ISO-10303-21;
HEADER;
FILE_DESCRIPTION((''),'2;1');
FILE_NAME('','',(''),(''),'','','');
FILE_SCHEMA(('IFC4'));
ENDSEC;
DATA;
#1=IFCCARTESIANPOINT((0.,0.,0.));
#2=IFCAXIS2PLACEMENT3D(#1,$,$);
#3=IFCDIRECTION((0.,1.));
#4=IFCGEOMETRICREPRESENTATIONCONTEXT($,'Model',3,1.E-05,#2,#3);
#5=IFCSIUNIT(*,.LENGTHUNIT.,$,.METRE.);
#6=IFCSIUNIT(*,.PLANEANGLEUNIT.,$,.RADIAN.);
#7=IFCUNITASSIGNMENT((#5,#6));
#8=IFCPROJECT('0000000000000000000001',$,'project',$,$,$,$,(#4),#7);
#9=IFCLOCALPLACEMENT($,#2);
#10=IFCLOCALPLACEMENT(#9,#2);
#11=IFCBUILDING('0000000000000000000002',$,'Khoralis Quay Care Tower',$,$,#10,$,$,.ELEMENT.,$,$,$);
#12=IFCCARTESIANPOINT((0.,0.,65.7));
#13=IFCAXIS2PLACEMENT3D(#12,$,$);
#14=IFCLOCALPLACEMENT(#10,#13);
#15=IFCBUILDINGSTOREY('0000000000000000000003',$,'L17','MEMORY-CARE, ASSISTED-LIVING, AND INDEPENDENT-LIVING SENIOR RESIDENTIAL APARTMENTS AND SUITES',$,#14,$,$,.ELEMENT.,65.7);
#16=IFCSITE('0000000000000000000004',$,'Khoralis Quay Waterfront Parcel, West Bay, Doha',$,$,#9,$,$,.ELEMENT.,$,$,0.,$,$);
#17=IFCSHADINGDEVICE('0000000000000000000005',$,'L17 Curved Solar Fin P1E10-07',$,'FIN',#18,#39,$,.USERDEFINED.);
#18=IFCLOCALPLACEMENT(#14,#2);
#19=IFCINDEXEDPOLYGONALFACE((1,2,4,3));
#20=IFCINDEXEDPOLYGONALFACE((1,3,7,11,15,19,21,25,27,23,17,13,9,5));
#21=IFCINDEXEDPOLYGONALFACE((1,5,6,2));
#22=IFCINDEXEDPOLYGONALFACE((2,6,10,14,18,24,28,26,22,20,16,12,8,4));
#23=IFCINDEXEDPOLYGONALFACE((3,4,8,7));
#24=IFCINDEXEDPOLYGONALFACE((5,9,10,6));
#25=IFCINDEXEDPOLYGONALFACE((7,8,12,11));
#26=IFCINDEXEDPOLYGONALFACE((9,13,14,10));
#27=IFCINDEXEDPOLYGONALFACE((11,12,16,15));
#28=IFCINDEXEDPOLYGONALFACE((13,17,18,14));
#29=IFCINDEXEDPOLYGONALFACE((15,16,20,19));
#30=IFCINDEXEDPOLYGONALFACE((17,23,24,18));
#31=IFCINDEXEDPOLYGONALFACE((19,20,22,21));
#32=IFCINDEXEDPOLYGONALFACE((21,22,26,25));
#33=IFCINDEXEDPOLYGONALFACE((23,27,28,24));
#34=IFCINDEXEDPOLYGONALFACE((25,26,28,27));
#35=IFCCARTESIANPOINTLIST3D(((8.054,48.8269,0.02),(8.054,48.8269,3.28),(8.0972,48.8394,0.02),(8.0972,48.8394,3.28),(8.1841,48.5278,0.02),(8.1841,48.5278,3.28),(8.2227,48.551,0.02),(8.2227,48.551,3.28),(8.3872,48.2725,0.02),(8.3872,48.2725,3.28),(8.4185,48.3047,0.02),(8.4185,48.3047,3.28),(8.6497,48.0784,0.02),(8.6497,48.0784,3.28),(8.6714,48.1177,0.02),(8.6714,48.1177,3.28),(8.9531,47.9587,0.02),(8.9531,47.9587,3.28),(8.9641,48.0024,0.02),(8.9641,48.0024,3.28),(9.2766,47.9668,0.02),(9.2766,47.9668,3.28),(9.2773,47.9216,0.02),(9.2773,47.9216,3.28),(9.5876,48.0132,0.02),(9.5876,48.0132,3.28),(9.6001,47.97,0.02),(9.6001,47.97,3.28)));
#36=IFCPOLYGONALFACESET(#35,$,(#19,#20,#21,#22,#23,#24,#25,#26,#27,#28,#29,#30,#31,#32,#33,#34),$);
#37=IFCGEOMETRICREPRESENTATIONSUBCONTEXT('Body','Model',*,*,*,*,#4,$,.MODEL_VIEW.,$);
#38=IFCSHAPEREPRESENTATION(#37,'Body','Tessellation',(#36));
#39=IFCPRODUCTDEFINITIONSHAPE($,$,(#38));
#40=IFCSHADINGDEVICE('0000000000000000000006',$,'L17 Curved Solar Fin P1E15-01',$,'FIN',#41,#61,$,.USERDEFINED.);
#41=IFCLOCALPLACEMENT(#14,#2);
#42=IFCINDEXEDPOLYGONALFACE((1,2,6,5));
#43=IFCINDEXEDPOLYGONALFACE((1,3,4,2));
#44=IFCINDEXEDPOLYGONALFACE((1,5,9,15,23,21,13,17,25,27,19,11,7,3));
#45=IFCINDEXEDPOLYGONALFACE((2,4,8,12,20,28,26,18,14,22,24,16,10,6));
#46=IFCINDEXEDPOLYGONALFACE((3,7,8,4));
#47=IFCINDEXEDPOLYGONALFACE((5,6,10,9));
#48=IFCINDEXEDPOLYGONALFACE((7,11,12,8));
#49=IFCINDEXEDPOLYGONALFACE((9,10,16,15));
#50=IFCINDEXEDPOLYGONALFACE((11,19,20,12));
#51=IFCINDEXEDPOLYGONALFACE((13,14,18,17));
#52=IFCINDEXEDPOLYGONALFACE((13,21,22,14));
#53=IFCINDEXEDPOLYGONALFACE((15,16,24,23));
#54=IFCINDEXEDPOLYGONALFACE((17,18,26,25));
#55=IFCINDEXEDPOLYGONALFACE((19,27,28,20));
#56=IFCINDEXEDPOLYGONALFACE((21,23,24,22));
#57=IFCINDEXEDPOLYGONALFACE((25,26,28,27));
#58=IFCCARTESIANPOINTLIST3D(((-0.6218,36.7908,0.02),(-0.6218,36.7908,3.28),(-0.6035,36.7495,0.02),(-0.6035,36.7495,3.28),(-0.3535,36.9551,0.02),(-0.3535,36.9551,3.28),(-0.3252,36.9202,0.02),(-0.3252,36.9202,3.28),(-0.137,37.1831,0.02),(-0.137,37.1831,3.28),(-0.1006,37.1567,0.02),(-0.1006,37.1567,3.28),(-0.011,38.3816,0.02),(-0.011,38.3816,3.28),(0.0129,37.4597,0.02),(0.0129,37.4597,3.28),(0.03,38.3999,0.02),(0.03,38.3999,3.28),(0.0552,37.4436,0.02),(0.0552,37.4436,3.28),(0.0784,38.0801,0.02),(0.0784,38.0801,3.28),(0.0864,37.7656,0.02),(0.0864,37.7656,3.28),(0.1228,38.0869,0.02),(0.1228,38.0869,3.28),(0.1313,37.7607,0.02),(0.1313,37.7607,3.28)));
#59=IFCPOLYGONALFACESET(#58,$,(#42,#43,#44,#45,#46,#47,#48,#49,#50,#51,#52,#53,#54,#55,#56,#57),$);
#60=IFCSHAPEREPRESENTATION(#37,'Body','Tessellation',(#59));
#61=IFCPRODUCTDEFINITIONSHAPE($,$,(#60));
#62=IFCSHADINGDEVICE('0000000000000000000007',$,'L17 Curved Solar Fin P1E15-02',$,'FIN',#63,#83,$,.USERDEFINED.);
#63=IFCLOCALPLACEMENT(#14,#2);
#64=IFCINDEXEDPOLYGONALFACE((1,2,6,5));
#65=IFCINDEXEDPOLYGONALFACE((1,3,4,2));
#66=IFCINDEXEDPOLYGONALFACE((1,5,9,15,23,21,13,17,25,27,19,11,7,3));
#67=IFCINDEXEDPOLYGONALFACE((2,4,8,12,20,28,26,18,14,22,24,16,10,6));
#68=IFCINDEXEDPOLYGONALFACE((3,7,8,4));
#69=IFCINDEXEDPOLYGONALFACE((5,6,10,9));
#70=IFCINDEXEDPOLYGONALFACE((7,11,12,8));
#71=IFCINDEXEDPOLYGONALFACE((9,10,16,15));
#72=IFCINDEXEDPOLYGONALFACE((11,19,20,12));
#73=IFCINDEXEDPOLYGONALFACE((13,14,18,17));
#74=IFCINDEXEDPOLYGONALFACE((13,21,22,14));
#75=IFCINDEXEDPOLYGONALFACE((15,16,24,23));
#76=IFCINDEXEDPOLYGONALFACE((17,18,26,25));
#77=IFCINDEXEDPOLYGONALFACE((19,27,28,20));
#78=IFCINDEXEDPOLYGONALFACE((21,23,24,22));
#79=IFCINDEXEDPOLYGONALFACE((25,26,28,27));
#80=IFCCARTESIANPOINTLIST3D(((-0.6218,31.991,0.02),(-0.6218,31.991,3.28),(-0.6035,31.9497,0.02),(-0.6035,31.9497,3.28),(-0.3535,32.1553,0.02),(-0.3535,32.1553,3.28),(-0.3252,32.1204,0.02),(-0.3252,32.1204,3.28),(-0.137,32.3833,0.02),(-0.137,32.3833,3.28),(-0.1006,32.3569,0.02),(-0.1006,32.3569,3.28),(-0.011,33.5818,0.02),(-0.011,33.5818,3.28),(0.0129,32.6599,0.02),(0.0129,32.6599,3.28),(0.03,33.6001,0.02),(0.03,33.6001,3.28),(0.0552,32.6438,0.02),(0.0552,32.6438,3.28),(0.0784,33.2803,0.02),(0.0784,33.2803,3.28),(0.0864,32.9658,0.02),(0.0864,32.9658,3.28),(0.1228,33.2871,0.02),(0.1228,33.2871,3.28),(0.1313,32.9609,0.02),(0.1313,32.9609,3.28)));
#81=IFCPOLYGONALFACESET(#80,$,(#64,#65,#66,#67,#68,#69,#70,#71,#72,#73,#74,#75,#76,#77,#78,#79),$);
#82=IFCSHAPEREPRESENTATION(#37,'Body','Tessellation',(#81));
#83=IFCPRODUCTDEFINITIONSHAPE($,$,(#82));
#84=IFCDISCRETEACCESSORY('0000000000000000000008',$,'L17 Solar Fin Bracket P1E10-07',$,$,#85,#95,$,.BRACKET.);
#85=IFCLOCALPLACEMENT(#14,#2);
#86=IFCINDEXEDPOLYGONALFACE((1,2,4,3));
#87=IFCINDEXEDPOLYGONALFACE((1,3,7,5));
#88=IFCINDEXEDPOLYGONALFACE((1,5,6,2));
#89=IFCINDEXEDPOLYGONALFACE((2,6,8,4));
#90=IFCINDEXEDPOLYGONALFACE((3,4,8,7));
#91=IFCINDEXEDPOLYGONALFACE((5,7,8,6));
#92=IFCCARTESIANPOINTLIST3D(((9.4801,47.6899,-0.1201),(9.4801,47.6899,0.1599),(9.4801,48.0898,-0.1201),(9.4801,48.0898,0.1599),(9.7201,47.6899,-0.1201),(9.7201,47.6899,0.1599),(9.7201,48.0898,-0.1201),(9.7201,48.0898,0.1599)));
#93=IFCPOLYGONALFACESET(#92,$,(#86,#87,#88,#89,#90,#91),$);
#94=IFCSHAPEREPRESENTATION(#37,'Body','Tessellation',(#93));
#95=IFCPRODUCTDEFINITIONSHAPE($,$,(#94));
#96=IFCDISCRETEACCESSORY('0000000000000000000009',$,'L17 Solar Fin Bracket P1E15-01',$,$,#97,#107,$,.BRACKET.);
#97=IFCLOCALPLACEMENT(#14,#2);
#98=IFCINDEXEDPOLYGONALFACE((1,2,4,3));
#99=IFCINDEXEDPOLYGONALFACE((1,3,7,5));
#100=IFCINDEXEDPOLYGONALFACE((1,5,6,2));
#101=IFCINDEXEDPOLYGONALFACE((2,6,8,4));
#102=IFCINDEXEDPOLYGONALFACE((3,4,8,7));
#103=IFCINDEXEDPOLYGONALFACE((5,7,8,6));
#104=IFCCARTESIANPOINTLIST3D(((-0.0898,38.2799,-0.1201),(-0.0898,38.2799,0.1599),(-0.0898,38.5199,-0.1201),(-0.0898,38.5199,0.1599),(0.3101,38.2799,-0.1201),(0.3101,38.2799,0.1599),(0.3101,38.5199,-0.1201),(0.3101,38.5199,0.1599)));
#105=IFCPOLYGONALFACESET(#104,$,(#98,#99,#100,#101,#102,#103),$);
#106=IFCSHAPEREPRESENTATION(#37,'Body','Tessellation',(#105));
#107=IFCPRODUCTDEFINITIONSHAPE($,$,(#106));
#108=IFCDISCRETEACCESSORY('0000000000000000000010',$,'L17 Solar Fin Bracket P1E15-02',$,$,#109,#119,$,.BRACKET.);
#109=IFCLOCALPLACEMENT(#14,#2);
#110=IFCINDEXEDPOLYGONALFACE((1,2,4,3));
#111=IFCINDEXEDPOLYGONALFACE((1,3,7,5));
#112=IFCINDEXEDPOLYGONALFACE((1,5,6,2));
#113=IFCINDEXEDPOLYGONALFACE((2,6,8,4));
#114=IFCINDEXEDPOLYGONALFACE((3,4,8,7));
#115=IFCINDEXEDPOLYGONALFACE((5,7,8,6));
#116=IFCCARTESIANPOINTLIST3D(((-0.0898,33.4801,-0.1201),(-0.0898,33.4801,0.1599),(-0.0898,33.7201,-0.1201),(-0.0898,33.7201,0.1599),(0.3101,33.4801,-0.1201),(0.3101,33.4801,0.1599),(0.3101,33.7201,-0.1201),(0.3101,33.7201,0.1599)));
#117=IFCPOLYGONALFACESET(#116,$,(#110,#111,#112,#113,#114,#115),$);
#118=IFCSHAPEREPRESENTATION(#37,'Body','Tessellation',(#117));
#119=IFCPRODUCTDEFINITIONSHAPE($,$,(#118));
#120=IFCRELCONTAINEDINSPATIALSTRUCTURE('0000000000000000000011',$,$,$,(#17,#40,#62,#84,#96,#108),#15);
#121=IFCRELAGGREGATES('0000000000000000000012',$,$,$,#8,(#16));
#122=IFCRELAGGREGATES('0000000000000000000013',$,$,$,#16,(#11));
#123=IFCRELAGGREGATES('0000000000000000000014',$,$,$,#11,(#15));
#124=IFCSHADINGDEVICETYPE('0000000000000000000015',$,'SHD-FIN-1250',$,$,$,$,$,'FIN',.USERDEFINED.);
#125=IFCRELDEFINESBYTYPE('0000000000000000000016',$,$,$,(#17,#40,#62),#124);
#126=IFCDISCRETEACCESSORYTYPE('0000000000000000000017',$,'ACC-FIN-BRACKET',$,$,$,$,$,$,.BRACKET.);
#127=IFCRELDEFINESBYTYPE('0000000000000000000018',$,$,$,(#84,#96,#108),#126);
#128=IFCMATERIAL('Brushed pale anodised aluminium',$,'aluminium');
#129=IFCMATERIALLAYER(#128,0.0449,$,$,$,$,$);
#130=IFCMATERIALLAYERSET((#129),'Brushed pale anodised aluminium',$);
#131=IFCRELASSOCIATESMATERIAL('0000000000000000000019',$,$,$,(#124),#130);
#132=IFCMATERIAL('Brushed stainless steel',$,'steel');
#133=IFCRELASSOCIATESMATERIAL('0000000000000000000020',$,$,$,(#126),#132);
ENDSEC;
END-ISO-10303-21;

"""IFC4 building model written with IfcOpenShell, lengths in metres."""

from ifc_helpers import new_model, si_unit, direction, frame, origin, origin_2d, place, context, subcontext, project, spatial, polyline, rectangle, outline, extrude, source, transform, mapped, material, layer, layer_set, type_object, element, save


model = new_model("IFC4")

# Units and contexts
model_context = context("Model", 3, precision=1e-05, world=origin(), true_north=direction((0.0, 1.0)))
body_context = subcontext(model_context, "Body", "Model", "MODEL_VIEW")
ifc_project = project(units=[si_unit("LENGTHUNIT", "METRE"), si_unit("PLANEANGLEUNIT", "RADIAN")], contexts=[model_context])

# Site, building, storey
site_placement = place(None, origin())
site = spatial("IfcSite", under=ifc_project, at=site_placement, Name="Khoralis Quay Waterfront Parcel, West Bay, Doha", CompositionType="ELEMENT", RefElevation=0.0)
building_placement = place(site_placement, origin())
building = spatial("IfcBuilding", under=site, at=building_placement, Name="Khoralis Quay Care Tower", CompositionType="ELEMENT")
storey_placement = place(building_placement, frame((0.0, 0.0, 65.7)))
storey = spatial("IfcBuildingStorey", under=building, at=storey_placement, Name="L17", Description="MEMORY-CARE, ASSISTED-LIVING, AND INDEPENDENT-LIVING SENIOR RESIDENTIAL APARTMENTS AND SUITES", CompositionType="ELEMENT", Elevation=65.7)

# Shading devices
ifc_material_1 = material(Name="Brushed pale anodised aluminium", Category="aluminium")
ifc_layer_1 = layer(ifc_material_1, 0.0449)
ifc_layer_set_1 = layer_set([ifc_layer_1], Name="Brushed pale anodised aluminium")
shading_device_type = type_object("IfcShadingDeviceType", Name="SHD-FIN-1250", ElementType="FIN", PredefinedType="USERDEFINED", material=ifc_layer_set_1)
shared_shape_1 = source(origin(), body_context, "Body", "SweptSolid", [
    extrude(outline(polyline([(0.0, 0.0), (-0.0483, 0.3228), (-0.0112, 0.647), (0.1084, 0.9504), (0.3025, 1.2129), (0.5579, 1.416), (0.8569, 1.5461), (0.8694, 1.5029), (0.5811, 1.3774), (0.3347, 1.1816), (0.1477, 0.9287), (0.0325, 0.636), (-0.0032, 0.3235), (0.0432, 0.0125), (0.0, 0.0)])), origin(), (0.0, 0.0, 1.0), 3.26),
])
shading_device_placement = place(storey_placement, frame((9.6001, 47.97, 0.02), z_axis=(0.0, 0.0, 1.0), x_axis=(0.0, 1.0, 0.0)))
element("IfcShadingDevice", 1, at=shading_device_placement, inside=storey, type_object=shading_device_type, Name="L17 Curved Solar Fin P1E10-07", ObjectType="FIN", PredefinedType="USERDEFINED", context=body_context, shape_type="MappedRepresentation", body=[
    mapped(shared_shape_1, transform((0.0, 0.0, 0.0), scale=1.0)),
])
shared_shape_2 = source(origin(), body_context, "Body", "SweptSolid", [
    extrude(outline(polyline([(0.0, 0.0), (-0.0928, 0.313), (-0.1013, 0.6392), (-0.0251, 0.9563), (0.1306, 1.2432), (0.3552, 1.4797), (0.6335, 1.6504), (0.6519, 1.6091), (0.3835, 1.4448), (0.167, 1.2168), (0.0171, 0.9402), (-0.0564, 0.6343), (-0.0483, 0.3198), (0.041, 0.0183), (0.0, 0.0)])), origin(), (0.0, 0.0, 1.0), 3.26),
])
for number, where, z_axis, x_axis, name in (
    (2, (0.03, 38.3999, 0.02), (0.0, 0.0, 1.0), (-1.0, 0.0, 0.0), "L17 Curved Solar Fin P1E15-01"),
    (3, (0.03, 33.6001, 0.02), (0.0, 0.0, 1.0), (-1.0, 0.0, 0.0), "L17 Curved Solar Fin P1E15-02"),
):
    element("IfcShadingDevice", number, at=place(storey_placement, frame(where, z_axis=z_axis, x_axis=x_axis)), inside=storey, type_object=shading_device_type, Name=name, ObjectType="FIN", PredefinedType="USERDEFINED", context=body_context, shape_type="MappedRepresentation", body=[
        mapped(shared_shape_2, transform((0.0, 0.0, 0.0), scale=1.0)),
    ])

# Discrete accessories
ifc_material_2 = material(Name="Brushed stainless steel", Category="steel")
discrete_accessory_type = type_object("IfcDiscreteAccessoryType", Name="ACC-FIN-BRACKET", PredefinedType="BRACKET", material=ifc_material_2)
shared_shape_3 = source(origin(), body_context, "Body", "SweptSolid", [
    extrude(rectangle(XDim=0.3999, YDim=0.24, at=origin_2d()), origin(), (0.0, 0.0, 1.0), 0.28),
])
for number, where, z_axis, x_axis, name in (
    (4, (9.6001, 47.8899, -0.1201), (0.0, 0.0, 1.0), (0.0, 1.0, 0.0), "L17 Solar Fin Bracket P1E10-07"),
    (5, (0.1101, 38.3999, -0.1201), (0.0, 0.0, 1.0), (-1.0, 0.0, 0.0), "L17 Solar Fin Bracket P1E15-01"),
    (6, (0.1101, 33.6001, -0.1201), (0.0, 0.0, 1.0), (-1.0, 0.0, 0.0), "L17 Solar Fin Bracket P1E15-02"),
):
    element("IfcDiscreteAccessory", number, at=place(storey_placement, frame(where, z_axis=z_axis, x_axis=x_axis)), inside=storey, type_object=discrete_accessory_type, Name=name, PredefinedType="BRACKET", context=body_context, shape_type="MappedRepresentation", body=[
        mapped(shared_shape_3, transform((0.0, 0.0, 0.0), scale=1.0)),
    ])

save(model, "model.ifc")
